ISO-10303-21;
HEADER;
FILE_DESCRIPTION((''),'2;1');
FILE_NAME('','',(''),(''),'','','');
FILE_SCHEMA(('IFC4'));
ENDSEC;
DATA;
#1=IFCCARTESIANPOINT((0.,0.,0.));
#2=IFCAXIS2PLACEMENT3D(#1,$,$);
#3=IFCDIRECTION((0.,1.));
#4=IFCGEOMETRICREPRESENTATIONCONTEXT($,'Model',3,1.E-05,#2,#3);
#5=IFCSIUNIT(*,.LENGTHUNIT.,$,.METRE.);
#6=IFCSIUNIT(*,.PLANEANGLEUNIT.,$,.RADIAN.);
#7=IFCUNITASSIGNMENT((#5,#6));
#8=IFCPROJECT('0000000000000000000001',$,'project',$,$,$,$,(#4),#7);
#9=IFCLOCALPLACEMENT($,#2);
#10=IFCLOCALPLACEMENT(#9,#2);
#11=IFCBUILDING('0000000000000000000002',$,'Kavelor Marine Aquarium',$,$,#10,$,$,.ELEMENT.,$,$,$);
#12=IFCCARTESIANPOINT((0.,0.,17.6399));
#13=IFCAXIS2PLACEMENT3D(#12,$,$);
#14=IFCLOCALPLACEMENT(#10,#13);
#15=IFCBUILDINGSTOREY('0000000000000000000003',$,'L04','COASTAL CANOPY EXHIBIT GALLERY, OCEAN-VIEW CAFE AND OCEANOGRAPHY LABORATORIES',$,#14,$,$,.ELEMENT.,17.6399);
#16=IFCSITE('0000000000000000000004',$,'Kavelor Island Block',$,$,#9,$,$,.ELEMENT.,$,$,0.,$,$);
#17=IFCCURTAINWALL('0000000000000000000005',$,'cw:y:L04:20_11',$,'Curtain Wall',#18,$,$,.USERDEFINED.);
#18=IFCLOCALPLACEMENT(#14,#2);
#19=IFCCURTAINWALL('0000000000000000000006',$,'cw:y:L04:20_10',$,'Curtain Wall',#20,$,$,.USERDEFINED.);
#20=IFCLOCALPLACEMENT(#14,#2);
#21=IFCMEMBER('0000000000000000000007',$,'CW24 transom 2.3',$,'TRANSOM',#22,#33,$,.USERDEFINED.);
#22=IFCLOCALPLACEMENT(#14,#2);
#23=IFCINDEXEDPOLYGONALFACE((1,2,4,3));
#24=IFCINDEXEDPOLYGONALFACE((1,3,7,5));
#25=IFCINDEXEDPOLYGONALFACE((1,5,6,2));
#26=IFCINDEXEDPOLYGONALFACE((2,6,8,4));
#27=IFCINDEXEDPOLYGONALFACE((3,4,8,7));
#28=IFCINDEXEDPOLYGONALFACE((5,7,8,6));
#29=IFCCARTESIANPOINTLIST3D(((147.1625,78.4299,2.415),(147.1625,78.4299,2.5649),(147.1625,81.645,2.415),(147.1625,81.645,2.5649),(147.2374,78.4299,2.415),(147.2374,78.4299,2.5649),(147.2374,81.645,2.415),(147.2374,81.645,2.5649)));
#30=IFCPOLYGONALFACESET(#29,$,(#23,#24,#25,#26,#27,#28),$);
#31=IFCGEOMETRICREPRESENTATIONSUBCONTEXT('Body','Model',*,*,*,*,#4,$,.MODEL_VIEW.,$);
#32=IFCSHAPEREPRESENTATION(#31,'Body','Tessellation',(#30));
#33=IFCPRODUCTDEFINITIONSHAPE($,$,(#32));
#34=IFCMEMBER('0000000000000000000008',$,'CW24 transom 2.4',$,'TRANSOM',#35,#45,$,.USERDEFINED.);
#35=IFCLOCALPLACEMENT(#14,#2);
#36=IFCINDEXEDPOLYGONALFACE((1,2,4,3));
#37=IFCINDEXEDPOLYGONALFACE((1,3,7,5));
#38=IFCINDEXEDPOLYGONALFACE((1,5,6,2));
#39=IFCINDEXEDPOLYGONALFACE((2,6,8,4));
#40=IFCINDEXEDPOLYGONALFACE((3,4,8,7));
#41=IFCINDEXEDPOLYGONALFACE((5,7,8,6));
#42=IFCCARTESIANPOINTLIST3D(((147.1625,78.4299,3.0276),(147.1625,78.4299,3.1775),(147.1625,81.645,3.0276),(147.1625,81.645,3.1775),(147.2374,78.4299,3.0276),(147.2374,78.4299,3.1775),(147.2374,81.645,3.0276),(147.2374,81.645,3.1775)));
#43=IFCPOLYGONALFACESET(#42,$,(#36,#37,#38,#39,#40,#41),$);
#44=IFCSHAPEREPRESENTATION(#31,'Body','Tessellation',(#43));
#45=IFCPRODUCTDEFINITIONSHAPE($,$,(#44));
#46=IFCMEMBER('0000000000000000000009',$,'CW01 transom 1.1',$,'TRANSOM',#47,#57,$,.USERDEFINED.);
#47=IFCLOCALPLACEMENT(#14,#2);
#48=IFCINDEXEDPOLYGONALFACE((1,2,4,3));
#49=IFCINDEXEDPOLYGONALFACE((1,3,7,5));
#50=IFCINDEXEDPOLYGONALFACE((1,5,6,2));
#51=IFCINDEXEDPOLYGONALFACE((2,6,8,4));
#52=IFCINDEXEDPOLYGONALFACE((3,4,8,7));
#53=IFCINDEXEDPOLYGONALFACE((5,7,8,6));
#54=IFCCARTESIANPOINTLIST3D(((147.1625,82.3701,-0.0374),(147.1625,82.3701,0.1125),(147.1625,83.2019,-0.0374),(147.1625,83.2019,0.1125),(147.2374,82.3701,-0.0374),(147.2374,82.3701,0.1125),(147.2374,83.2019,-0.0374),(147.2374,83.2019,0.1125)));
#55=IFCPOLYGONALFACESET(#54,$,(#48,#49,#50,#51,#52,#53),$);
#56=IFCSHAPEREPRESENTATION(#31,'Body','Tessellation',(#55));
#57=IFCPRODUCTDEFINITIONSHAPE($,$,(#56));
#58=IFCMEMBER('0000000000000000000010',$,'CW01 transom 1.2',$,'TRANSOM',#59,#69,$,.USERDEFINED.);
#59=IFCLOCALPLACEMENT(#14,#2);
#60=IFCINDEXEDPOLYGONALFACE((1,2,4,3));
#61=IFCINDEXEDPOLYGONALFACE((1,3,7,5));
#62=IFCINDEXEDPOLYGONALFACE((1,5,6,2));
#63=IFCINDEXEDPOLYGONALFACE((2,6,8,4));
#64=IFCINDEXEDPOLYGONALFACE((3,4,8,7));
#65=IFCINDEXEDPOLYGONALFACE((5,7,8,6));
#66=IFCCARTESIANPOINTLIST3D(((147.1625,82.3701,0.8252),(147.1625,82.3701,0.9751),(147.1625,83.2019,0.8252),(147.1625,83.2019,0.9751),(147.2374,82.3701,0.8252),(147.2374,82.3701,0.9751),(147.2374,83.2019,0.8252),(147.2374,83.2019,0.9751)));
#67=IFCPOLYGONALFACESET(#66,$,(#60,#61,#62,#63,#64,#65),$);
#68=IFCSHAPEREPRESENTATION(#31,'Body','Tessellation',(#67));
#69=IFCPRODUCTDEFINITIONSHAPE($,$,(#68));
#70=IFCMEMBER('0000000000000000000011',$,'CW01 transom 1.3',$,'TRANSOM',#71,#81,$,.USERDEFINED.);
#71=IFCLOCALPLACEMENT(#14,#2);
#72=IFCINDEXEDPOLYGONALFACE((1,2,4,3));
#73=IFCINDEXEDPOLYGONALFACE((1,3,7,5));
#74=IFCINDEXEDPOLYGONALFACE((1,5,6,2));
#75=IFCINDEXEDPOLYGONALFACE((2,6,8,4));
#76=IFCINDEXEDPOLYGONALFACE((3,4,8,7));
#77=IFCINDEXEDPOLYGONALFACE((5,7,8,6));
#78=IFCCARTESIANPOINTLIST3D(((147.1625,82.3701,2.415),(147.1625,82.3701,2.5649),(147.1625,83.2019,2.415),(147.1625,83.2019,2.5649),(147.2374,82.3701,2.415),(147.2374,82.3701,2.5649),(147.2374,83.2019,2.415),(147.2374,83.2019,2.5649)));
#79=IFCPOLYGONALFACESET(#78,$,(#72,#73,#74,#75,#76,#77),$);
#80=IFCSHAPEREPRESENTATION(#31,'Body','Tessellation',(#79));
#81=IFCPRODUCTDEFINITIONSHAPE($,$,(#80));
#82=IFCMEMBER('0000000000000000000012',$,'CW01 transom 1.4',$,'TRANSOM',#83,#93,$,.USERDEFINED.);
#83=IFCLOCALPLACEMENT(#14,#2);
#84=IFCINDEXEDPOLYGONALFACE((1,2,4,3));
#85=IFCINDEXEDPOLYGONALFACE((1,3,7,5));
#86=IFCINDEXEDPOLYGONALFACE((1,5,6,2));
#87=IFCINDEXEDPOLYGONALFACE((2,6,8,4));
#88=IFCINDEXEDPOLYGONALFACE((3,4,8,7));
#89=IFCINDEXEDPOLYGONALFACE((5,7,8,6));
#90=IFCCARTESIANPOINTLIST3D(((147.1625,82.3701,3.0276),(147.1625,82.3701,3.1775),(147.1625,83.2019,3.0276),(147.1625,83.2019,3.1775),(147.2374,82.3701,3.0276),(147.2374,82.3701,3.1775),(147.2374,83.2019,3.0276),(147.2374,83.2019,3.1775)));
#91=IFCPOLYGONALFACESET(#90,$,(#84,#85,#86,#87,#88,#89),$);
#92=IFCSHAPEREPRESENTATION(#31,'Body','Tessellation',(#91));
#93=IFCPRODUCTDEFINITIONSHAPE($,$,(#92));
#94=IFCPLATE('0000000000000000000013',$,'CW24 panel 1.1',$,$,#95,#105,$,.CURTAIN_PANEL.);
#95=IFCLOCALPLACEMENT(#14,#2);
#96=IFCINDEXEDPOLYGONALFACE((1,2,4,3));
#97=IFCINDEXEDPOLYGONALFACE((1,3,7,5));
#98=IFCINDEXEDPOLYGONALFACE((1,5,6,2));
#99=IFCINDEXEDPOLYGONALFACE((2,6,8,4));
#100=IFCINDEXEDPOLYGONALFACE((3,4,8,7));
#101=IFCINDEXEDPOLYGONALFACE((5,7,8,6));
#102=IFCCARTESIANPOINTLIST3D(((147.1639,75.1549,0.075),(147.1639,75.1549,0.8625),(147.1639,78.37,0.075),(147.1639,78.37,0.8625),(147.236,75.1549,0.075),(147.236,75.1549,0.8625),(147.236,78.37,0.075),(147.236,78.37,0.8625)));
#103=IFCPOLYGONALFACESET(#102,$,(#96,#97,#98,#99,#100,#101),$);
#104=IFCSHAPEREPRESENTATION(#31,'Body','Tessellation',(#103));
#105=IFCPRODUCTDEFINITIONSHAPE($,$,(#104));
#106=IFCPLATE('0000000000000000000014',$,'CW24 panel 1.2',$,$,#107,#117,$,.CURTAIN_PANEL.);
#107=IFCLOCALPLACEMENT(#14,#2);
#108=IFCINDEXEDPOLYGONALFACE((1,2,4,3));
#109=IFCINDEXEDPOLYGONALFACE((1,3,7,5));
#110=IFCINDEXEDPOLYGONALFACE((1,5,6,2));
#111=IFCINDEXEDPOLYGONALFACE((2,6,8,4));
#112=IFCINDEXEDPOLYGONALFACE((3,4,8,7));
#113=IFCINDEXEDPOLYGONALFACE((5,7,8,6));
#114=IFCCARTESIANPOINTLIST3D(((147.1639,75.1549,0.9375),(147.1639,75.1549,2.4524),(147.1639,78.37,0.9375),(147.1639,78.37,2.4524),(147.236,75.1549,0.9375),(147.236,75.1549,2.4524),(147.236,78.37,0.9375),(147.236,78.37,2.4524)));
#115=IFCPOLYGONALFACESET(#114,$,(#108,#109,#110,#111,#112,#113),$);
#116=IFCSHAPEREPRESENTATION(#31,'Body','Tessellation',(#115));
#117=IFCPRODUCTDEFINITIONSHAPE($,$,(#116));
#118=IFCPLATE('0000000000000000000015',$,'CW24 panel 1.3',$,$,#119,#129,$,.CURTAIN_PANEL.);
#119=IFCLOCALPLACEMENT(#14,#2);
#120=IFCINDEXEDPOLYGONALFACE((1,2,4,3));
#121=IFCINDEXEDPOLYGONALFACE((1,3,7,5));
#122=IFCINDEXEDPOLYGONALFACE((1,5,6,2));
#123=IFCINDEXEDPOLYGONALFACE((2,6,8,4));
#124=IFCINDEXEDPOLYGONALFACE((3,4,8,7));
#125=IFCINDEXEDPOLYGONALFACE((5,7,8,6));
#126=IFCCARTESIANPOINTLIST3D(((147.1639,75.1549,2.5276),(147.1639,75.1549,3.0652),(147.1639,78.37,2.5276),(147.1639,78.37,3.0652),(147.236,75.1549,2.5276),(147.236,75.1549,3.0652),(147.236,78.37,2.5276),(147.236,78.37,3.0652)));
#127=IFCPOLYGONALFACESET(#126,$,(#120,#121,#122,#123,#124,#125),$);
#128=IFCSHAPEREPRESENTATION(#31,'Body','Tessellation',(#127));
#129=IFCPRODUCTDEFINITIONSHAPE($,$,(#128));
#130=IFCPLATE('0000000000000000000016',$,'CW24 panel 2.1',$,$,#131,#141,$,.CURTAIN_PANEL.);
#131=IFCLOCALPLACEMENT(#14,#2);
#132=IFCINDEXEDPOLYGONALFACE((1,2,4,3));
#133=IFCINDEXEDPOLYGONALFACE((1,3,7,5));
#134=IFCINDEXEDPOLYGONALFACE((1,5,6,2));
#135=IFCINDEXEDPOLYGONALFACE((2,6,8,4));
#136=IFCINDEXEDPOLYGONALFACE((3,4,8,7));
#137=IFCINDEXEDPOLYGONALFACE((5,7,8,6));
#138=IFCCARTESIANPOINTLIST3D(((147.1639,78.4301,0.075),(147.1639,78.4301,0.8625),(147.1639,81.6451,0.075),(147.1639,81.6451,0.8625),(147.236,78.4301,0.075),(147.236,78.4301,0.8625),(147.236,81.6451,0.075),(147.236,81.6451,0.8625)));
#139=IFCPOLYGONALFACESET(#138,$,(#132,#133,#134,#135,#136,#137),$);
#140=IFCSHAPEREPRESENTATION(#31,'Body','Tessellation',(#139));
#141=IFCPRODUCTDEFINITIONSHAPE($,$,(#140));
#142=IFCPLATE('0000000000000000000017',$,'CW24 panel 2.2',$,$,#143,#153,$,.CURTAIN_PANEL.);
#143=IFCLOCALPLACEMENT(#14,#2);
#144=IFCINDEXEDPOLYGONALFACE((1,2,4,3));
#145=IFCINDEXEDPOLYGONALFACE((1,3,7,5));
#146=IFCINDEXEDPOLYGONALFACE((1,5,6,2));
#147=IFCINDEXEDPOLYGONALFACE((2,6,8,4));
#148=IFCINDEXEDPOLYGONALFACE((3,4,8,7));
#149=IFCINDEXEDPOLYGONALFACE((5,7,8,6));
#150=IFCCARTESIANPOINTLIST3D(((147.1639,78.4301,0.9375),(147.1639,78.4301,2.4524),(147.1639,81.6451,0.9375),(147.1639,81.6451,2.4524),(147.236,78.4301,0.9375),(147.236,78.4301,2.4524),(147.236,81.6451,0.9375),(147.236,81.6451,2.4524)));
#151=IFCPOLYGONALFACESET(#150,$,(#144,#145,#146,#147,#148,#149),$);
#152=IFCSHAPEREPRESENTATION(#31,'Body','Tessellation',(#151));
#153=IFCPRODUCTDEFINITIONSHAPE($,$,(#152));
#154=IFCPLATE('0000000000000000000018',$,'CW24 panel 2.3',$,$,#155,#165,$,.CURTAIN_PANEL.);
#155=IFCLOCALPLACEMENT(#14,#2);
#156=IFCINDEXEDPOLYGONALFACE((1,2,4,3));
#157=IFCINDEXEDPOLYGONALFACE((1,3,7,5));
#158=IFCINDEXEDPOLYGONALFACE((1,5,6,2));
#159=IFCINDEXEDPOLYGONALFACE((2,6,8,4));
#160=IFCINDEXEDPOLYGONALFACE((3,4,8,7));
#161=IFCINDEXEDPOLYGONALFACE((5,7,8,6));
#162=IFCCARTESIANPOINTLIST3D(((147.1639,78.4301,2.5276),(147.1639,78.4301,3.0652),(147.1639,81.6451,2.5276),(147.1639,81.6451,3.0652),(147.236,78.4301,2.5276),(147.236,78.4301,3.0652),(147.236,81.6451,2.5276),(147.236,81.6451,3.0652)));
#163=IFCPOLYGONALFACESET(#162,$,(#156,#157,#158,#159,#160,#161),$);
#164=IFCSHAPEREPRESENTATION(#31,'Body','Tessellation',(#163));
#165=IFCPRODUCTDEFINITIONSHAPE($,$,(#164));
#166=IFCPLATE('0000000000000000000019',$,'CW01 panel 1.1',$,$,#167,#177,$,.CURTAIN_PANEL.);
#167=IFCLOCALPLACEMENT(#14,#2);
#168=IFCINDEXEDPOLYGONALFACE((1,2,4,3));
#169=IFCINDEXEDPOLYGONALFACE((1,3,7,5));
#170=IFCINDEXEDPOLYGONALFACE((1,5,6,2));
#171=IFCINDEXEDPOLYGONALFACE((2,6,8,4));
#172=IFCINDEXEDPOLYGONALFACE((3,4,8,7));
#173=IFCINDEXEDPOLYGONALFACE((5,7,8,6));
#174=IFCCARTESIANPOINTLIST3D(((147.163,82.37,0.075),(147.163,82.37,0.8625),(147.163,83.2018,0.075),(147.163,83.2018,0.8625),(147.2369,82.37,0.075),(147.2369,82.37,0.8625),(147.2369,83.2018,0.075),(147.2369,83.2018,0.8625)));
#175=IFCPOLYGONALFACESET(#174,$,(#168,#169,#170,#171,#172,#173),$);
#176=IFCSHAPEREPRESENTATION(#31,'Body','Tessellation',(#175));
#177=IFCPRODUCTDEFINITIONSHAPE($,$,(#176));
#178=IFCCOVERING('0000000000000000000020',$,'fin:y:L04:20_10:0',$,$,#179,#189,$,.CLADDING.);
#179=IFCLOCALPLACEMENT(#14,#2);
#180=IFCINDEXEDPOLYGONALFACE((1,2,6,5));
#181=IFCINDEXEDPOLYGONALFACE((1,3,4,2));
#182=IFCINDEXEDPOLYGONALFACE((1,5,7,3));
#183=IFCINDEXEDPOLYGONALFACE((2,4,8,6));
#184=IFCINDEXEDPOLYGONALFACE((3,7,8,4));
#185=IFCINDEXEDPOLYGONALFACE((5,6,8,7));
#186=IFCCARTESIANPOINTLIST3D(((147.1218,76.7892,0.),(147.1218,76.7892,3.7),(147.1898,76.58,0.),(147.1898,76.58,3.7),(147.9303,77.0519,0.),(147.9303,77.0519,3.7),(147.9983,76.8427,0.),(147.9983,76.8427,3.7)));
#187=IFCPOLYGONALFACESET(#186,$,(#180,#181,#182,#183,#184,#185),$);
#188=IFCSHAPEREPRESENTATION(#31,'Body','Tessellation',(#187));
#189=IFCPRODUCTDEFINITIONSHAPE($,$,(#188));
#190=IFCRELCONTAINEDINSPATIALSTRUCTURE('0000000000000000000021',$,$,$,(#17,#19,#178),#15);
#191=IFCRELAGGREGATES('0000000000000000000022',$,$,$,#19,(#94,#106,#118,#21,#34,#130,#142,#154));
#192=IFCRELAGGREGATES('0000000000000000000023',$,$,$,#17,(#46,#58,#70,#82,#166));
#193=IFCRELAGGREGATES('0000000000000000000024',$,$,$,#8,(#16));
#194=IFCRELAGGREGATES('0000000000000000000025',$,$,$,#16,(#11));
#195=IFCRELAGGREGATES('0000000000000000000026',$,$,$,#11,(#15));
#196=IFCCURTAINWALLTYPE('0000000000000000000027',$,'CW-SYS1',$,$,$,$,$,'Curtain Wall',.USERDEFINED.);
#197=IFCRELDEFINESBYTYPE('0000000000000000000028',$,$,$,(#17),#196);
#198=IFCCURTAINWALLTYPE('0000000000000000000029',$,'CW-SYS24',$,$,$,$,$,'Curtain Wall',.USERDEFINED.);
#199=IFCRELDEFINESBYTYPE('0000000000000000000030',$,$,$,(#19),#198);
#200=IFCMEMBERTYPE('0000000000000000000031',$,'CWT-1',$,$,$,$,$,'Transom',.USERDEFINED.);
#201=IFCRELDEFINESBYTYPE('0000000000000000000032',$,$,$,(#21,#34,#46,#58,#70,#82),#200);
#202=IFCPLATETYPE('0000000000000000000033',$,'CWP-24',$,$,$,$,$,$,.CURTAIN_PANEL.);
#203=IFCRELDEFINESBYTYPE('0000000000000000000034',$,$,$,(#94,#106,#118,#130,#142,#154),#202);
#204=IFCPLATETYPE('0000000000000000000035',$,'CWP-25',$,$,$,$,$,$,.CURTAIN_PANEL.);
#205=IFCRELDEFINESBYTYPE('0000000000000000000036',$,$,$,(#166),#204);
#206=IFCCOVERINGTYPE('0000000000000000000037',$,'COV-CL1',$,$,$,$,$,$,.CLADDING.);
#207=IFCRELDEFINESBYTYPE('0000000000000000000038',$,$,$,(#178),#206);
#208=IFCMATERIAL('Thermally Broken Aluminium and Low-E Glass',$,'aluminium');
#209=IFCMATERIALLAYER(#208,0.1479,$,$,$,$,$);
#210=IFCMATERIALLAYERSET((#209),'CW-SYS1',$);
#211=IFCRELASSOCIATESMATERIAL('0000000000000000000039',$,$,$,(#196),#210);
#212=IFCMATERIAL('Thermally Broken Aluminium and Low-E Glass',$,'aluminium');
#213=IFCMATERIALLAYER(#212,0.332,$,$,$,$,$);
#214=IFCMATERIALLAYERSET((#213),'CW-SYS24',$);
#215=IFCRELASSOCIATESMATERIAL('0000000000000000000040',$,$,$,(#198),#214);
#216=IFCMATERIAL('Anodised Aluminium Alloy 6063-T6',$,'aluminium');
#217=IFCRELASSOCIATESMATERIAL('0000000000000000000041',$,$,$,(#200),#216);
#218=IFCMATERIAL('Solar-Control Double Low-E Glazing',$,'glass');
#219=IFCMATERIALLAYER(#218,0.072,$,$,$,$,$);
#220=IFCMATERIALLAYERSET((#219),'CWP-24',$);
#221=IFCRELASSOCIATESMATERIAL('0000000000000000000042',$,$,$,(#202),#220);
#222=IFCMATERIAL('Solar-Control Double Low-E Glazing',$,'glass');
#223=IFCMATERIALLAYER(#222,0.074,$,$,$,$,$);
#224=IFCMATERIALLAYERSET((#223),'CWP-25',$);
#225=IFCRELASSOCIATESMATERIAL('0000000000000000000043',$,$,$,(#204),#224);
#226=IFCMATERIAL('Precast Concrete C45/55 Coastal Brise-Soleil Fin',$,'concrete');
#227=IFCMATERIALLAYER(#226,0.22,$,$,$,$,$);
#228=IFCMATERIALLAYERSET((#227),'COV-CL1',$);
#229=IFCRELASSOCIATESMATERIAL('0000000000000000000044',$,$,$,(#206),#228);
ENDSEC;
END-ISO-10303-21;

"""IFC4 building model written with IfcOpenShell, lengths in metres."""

from ifc_helpers import new_model, si_unit, direction, frame, origin, origin_2d, place, context, subcontext, project, spatial, rectangle, extrude, material, layer, layer_set, material_profile, profile_set, type_object, element, aggregate, save


model = new_model("IFC4")

# Units and contexts
model_context = context("Model", 3, precision=1e-05, world=origin(), true_north=direction((0.0, 1.0)))
body_context = subcontext(model_context, "Body", "Model", "MODEL_VIEW")
ifc_project = project(units=[si_unit("LENGTHUNIT", "METRE"), si_unit("PLANEANGLEUNIT", "RADIAN")], contexts=[model_context])

# Site, building, storey
site_placement = place(None, origin())
site = spatial("IfcSite", under=ifc_project, at=site_placement, Name="Kavelor Island Block", CompositionType="ELEMENT", RefElevation=0.0)
building_placement = place(site_placement, origin())
building = spatial("IfcBuilding", under=site, at=building_placement, Name="Kavelor Marine Aquarium", CompositionType="ELEMENT")
storey_placement = place(building_placement, frame((0.0, 0.0, 17.6399)))
storey = spatial("IfcBuildingStorey", under=building, at=storey_placement, Name="L04", Description="COASTAL CANOPY EXHIBIT GALLERY, OCEAN-VIEW CAFE AND OCEANOGRAPHY LABORATORIES", CompositionType="ELEMENT", Elevation=17.6399)

# Curtain wall
ifc_material_1 = material(Name="Thermally Broken Aluminium and Low-E Glass", Category="aluminium")
ifc_layer_1 = layer(ifc_material_1, 0.1479)
ifc_layer_set_1 = layer_set([ifc_layer_1], Name="CW-SYS1")
curtain_wall_type_1 = type_object("IfcCurtainWallType", Name="CW-SYS1", ElementType="Curtain Wall", PredefinedType="USERDEFINED", material=ifc_layer_set_1)
curtain_wall_1_placement = place(storey_placement, origin())
curtain_wall_1 = element("IfcCurtainWall", 1, at=curtain_wall_1_placement, inside=storey, type_object=curtain_wall_type_1, Name="cw:y:L04:20_11", ObjectType="Curtain Wall", PredefinedType="USERDEFINED")

# Curtain wall, members
ifc_material_2 = material(Name="Thermally Broken Aluminium and Low-E Glass", Category="aluminium")
ifc_layer_2 = layer(ifc_material_2, 0.332)
ifc_layer_set_2 = layer_set([ifc_layer_2], Name="CW-SYS24")
curtain_wall_type_2 = type_object("IfcCurtainWallType", Name="CW-SYS24", ElementType="Curtain Wall", PredefinedType="USERDEFINED", material=ifc_layer_set_2)
curtain_wall_2_placement = place(storey_placement, origin())
curtain_wall_2 = element("IfcCurtainWall", 2, at=curtain_wall_2_placement, inside=storey, type_object=curtain_wall_type_2, Name="cw:y:L04:20_10", ObjectType="Curtain Wall", PredefinedType="USERDEFINED")
ifc_material_3 = material(Name="Anodised Aluminium Alloy 6063-T6", Category="aluminium")
ifc_material_profile_1 = material_profile(ifc_material_3, rectangle(XDim=0.075, YDim=0.1499, at=origin_2d()), Name="CW-TRN 75x150")
ifc_profile_set_1 = profile_set([ifc_material_profile_1], Name="Anodised Aluminium Alloy 6063-T6")
member_type_1 = type_object("IfcMemberType", Name="CWT-1", ElementType="Transom", PredefinedType="USERDEFINED", material=ifc_profile_set_1)
member_1_placement = place(storey_placement, frame((147.2, 78.4299, 2.49), z_axis=(0.0, 1.0, 0.0), x_axis=(-1.0, 0.0, 0.0)))
member_1 = element("IfcMember", 3, at=member_1_placement, type_object=member_type_1, Name="CW24 transom 2.3", ObjectType="TRANSOM", PredefinedType="USERDEFINED", context=body_context, shape_type="SweptSolid", body=[
    extrude(rectangle(XDim=0.075, YDim=0.1499, at=origin_2d()), origin(), (0.0, 0.0, 1.0), 3.2151),
])
member_2_placement = place(storey_placement, frame((147.2, 78.4299, 3.1025), z_axis=(0.0, 1.0, 0.0), x_axis=(-1.0, 0.0, 0.0)))
member_2 = element("IfcMember", 4, at=member_2_placement, type_object=member_type_1, Name="CW24 transom 2.4", ObjectType="TRANSOM", PredefinedType="USERDEFINED", context=body_context, shape_type="SweptSolid", body=[
    extrude(rectangle(XDim=0.075, YDim=0.1499, at=origin_2d()), origin(), (0.0, 0.0, 1.0), 3.2151),
])

# Members
member_3_placement = place(storey_placement, frame((147.2, 82.3701, 0.0376), z_axis=(0.0, 1.0, 0.0), x_axis=(-1.0, 0.0, 0.0)))
member_3 = element("IfcMember", 5, at=member_3_placement, type_object=member_type_1, Name="CW01 transom 1.1", ObjectType="TRANSOM", PredefinedType="USERDEFINED", context=body_context, shape_type="SweptSolid", body=[
    extrude(rectangle(XDim=0.075, YDim=0.1499, at=origin_2d()), origin(), (0.0, 0.0, 1.0), 0.8318),
])
member_4_placement = place(storey_placement, frame((147.2, 82.3701, 0.9001), z_axis=(0.0, 1.0, 0.0), x_axis=(-1.0, 0.0, 0.0)))
member_4 = element("IfcMember", 6, at=member_4_placement, type_object=member_type_1, Name="CW01 transom 1.2", ObjectType="TRANSOM", PredefinedType="USERDEFINED", context=body_context, shape_type="SweptSolid", body=[
    extrude(rectangle(XDim=0.075, YDim=0.1499, at=origin_2d()), origin(), (0.0, 0.0, 1.0), 0.8318),
])
member_5_placement = place(storey_placement, frame((147.2, 82.3701, 2.49), z_axis=(0.0, 1.0, 0.0), x_axis=(-1.0, 0.0, 0.0)))
member_5 = element("IfcMember", 7, at=member_5_placement, type_object=member_type_1, Name="CW01 transom 1.3", ObjectType="TRANSOM", PredefinedType="USERDEFINED", context=body_context, shape_type="SweptSolid", body=[
    extrude(rectangle(XDim=0.075, YDim=0.1499, at=origin_2d()), origin(), (0.0, 0.0, 1.0), 0.8318),
])
member_6_placement = place(storey_placement, frame((147.2, 82.3701, 3.1025), z_axis=(0.0, 1.0, 0.0), x_axis=(-1.0, 0.0, 0.0)))
member_6 = element("IfcMember", 8, at=member_6_placement, type_object=member_type_1, Name="CW01 transom 1.4", ObjectType="TRANSOM", PredefinedType="USERDEFINED", context=body_context, shape_type="SweptSolid", body=[
    extrude(rectangle(XDim=0.075, YDim=0.1499, at=origin_2d()), origin(), (0.0, 0.0, 1.0), 0.8318),
])

# Plates
ifc_material_4 = material(Name="Solar-Control Double Low-E Glazing", Category="glass")
ifc_layer_3 = layer(ifc_material_4, 0.072)
ifc_layer_set_3 = layer_set([ifc_layer_3], Name="CWP-24")
plate_type_1 = type_object("IfcPlateType", Name="CWP-24", PredefinedType="CURTAIN_PANEL", material=ifc_layer_set_3)
plate_1_placement = place(storey_placement, frame((147.2, 76.7625, 0.075), z_axis=(0.0, 0.0, 1.0), x_axis=(0.0, 1.0, 0.0)))
plate_1 = element("IfcPlate", 9, at=plate_1_placement, type_object=plate_type_1, Name="CW24 panel 1.1", PredefinedType="CURTAIN_PANEL", context=body_context, shape_type="SweptSolid", body=[
    extrude(rectangle(XDim=3.2151, YDim=0.072, at=origin_2d()), origin(), (0.0, 0.0, 1.0), 0.7876),
])
plate_2_placement = place(storey_placement, frame((147.2, 76.7625, 0.9375), z_axis=(0.0, 0.0, 1.0), x_axis=(0.0, 1.0, 0.0)))
plate_2 = element("IfcPlate", 10, at=plate_2_placement, type_object=plate_type_1, Name="CW24 panel 1.2", PredefinedType="CURTAIN_PANEL", context=body_context, shape_type="SweptSolid", body=[
    extrude(rectangle(XDim=3.2151, YDim=0.072, at=origin_2d()), origin(), (0.0, 0.0, 1.0), 1.5149),
])
plate_3_placement = place(storey_placement, frame((147.2, 76.7625, 2.5276), z_axis=(0.0, 0.0, 1.0), x_axis=(0.0, 1.0, 0.0)))
plate_3 = element("IfcPlate", 11, at=plate_3_placement, type_object=plate_type_1, Name="CW24 panel 1.3", PredefinedType="CURTAIN_PANEL", context=body_context, shape_type="SweptSolid", body=[
    extrude(rectangle(XDim=3.2151, YDim=0.072, at=origin_2d()), origin(), (0.0, 0.0, 1.0), 0.5376),
])
plate_4_placement = place(storey_placement, frame((147.2, 80.0376, 0.075), z_axis=(0.0, 0.0, 1.0), x_axis=(0.0, 1.0, 0.0)))
plate_4 = element("IfcPlate", 12, at=plate_4_placement, type_object=plate_type_1, Name="CW24 panel 2.1", PredefinedType="CURTAIN_PANEL", context=body_context, shape_type="SweptSolid", body=[
    extrude(rectangle(XDim=3.2151, YDim=0.072, at=origin_2d()), origin(), (0.0, 0.0, 1.0), 0.7876),
])
plate_5_placement = place(storey_placement, frame((147.2, 80.0376, 0.9375), z_axis=(0.0, 0.0, 1.0), x_axis=(0.0, 1.0, 0.0)))
plate_5 = element("IfcPlate", 13, at=plate_5_placement, type_object=plate_type_1, Name="CW24 panel 2.2", PredefinedType="CURTAIN_PANEL", context=body_context, shape_type="SweptSolid", body=[
    extrude(rectangle(XDim=3.2151, YDim=0.072, at=origin_2d()), origin(), (0.0, 0.0, 1.0), 1.5149),
])
plate_6_placement = place(storey_placement, frame((147.2, 80.0376, 2.5276), z_axis=(0.0, 0.0, 1.0), x_axis=(0.0, 1.0, 0.0)))
plate_6 = element("IfcPlate", 14, at=plate_6_placement, type_object=plate_type_1, Name="CW24 panel 2.3", PredefinedType="CURTAIN_PANEL", context=body_context, shape_type="SweptSolid", body=[
    extrude(rectangle(XDim=3.2151, YDim=0.072, at=origin_2d()), origin(), (0.0, 0.0, 1.0), 0.5376),
])
aggregate(curtain_wall_2, [plate_1, plate_2, plate_3, member_1, member_2, plate_4, plate_5, plate_6])
ifc_material_5 = material(Name="Solar-Control Double Low-E Glazing", Category="glass")
ifc_layer_4 = layer(ifc_material_5, 0.074)
ifc_layer_set_4 = layer_set([ifc_layer_4], Name="CWP-25")
plate_type_2 = type_object("IfcPlateType", Name="CWP-25", PredefinedType="CURTAIN_PANEL", material=ifc_layer_set_4)
plate_7_placement = place(storey_placement, frame((147.2, 82.7859, 0.075), z_axis=(0.0, 0.0, 1.0), x_axis=(0.0, 1.0, 0.0)))
plate_7 = element("IfcPlate", 15, at=plate_7_placement, type_object=plate_type_2, Name="CW01 panel 1.1", PredefinedType="CURTAIN_PANEL", context=body_context, shape_type="SweptSolid", body=[
    extrude(rectangle(XDim=0.8318, YDim=0.074, at=origin_2d()), origin(), (0.0, 0.0, 1.0), 0.7876),
])
aggregate(curtain_wall_1, [member_3, member_4, member_5, member_6, plate_7])

# Covering
ifc_material_6 = material(Name="Precast Concrete C45/55 Coastal Brise-Soleil Fin", Category="concrete")
ifc_layer_5 = layer(ifc_material_6, 0.22)
ifc_layer_set_5 = layer_set([ifc_layer_5], Name="COV-CL1")
covering_type = type_object("IfcCoveringType", Name="COV-CL1", PredefinedType="CLADDING", material=ifc_layer_set_5)
for number, where, z_axis, x_axis, name in (
    (16, (147.5601, 76.8159, 0.0), (0.0, 0.0, 1.0), (0.951057, 0.309017, 0.0), "fin:y:L04:20_10:0"),
):
    element("IfcCovering", number, at=place(storey_placement, frame(where, z_axis=z_axis, x_axis=x_axis)), inside=storey, type_object=covering_type, Name=name, PredefinedType="CLADDING", context=body_context, shape_type="SweptSolid", body=[
        extrude(rectangle(XDim=0.8501, YDim=0.22, at=origin_2d()), origin(), (0.0, 0.0, 1.0), 3.7),
    ])

save(model, "model.ifc")
